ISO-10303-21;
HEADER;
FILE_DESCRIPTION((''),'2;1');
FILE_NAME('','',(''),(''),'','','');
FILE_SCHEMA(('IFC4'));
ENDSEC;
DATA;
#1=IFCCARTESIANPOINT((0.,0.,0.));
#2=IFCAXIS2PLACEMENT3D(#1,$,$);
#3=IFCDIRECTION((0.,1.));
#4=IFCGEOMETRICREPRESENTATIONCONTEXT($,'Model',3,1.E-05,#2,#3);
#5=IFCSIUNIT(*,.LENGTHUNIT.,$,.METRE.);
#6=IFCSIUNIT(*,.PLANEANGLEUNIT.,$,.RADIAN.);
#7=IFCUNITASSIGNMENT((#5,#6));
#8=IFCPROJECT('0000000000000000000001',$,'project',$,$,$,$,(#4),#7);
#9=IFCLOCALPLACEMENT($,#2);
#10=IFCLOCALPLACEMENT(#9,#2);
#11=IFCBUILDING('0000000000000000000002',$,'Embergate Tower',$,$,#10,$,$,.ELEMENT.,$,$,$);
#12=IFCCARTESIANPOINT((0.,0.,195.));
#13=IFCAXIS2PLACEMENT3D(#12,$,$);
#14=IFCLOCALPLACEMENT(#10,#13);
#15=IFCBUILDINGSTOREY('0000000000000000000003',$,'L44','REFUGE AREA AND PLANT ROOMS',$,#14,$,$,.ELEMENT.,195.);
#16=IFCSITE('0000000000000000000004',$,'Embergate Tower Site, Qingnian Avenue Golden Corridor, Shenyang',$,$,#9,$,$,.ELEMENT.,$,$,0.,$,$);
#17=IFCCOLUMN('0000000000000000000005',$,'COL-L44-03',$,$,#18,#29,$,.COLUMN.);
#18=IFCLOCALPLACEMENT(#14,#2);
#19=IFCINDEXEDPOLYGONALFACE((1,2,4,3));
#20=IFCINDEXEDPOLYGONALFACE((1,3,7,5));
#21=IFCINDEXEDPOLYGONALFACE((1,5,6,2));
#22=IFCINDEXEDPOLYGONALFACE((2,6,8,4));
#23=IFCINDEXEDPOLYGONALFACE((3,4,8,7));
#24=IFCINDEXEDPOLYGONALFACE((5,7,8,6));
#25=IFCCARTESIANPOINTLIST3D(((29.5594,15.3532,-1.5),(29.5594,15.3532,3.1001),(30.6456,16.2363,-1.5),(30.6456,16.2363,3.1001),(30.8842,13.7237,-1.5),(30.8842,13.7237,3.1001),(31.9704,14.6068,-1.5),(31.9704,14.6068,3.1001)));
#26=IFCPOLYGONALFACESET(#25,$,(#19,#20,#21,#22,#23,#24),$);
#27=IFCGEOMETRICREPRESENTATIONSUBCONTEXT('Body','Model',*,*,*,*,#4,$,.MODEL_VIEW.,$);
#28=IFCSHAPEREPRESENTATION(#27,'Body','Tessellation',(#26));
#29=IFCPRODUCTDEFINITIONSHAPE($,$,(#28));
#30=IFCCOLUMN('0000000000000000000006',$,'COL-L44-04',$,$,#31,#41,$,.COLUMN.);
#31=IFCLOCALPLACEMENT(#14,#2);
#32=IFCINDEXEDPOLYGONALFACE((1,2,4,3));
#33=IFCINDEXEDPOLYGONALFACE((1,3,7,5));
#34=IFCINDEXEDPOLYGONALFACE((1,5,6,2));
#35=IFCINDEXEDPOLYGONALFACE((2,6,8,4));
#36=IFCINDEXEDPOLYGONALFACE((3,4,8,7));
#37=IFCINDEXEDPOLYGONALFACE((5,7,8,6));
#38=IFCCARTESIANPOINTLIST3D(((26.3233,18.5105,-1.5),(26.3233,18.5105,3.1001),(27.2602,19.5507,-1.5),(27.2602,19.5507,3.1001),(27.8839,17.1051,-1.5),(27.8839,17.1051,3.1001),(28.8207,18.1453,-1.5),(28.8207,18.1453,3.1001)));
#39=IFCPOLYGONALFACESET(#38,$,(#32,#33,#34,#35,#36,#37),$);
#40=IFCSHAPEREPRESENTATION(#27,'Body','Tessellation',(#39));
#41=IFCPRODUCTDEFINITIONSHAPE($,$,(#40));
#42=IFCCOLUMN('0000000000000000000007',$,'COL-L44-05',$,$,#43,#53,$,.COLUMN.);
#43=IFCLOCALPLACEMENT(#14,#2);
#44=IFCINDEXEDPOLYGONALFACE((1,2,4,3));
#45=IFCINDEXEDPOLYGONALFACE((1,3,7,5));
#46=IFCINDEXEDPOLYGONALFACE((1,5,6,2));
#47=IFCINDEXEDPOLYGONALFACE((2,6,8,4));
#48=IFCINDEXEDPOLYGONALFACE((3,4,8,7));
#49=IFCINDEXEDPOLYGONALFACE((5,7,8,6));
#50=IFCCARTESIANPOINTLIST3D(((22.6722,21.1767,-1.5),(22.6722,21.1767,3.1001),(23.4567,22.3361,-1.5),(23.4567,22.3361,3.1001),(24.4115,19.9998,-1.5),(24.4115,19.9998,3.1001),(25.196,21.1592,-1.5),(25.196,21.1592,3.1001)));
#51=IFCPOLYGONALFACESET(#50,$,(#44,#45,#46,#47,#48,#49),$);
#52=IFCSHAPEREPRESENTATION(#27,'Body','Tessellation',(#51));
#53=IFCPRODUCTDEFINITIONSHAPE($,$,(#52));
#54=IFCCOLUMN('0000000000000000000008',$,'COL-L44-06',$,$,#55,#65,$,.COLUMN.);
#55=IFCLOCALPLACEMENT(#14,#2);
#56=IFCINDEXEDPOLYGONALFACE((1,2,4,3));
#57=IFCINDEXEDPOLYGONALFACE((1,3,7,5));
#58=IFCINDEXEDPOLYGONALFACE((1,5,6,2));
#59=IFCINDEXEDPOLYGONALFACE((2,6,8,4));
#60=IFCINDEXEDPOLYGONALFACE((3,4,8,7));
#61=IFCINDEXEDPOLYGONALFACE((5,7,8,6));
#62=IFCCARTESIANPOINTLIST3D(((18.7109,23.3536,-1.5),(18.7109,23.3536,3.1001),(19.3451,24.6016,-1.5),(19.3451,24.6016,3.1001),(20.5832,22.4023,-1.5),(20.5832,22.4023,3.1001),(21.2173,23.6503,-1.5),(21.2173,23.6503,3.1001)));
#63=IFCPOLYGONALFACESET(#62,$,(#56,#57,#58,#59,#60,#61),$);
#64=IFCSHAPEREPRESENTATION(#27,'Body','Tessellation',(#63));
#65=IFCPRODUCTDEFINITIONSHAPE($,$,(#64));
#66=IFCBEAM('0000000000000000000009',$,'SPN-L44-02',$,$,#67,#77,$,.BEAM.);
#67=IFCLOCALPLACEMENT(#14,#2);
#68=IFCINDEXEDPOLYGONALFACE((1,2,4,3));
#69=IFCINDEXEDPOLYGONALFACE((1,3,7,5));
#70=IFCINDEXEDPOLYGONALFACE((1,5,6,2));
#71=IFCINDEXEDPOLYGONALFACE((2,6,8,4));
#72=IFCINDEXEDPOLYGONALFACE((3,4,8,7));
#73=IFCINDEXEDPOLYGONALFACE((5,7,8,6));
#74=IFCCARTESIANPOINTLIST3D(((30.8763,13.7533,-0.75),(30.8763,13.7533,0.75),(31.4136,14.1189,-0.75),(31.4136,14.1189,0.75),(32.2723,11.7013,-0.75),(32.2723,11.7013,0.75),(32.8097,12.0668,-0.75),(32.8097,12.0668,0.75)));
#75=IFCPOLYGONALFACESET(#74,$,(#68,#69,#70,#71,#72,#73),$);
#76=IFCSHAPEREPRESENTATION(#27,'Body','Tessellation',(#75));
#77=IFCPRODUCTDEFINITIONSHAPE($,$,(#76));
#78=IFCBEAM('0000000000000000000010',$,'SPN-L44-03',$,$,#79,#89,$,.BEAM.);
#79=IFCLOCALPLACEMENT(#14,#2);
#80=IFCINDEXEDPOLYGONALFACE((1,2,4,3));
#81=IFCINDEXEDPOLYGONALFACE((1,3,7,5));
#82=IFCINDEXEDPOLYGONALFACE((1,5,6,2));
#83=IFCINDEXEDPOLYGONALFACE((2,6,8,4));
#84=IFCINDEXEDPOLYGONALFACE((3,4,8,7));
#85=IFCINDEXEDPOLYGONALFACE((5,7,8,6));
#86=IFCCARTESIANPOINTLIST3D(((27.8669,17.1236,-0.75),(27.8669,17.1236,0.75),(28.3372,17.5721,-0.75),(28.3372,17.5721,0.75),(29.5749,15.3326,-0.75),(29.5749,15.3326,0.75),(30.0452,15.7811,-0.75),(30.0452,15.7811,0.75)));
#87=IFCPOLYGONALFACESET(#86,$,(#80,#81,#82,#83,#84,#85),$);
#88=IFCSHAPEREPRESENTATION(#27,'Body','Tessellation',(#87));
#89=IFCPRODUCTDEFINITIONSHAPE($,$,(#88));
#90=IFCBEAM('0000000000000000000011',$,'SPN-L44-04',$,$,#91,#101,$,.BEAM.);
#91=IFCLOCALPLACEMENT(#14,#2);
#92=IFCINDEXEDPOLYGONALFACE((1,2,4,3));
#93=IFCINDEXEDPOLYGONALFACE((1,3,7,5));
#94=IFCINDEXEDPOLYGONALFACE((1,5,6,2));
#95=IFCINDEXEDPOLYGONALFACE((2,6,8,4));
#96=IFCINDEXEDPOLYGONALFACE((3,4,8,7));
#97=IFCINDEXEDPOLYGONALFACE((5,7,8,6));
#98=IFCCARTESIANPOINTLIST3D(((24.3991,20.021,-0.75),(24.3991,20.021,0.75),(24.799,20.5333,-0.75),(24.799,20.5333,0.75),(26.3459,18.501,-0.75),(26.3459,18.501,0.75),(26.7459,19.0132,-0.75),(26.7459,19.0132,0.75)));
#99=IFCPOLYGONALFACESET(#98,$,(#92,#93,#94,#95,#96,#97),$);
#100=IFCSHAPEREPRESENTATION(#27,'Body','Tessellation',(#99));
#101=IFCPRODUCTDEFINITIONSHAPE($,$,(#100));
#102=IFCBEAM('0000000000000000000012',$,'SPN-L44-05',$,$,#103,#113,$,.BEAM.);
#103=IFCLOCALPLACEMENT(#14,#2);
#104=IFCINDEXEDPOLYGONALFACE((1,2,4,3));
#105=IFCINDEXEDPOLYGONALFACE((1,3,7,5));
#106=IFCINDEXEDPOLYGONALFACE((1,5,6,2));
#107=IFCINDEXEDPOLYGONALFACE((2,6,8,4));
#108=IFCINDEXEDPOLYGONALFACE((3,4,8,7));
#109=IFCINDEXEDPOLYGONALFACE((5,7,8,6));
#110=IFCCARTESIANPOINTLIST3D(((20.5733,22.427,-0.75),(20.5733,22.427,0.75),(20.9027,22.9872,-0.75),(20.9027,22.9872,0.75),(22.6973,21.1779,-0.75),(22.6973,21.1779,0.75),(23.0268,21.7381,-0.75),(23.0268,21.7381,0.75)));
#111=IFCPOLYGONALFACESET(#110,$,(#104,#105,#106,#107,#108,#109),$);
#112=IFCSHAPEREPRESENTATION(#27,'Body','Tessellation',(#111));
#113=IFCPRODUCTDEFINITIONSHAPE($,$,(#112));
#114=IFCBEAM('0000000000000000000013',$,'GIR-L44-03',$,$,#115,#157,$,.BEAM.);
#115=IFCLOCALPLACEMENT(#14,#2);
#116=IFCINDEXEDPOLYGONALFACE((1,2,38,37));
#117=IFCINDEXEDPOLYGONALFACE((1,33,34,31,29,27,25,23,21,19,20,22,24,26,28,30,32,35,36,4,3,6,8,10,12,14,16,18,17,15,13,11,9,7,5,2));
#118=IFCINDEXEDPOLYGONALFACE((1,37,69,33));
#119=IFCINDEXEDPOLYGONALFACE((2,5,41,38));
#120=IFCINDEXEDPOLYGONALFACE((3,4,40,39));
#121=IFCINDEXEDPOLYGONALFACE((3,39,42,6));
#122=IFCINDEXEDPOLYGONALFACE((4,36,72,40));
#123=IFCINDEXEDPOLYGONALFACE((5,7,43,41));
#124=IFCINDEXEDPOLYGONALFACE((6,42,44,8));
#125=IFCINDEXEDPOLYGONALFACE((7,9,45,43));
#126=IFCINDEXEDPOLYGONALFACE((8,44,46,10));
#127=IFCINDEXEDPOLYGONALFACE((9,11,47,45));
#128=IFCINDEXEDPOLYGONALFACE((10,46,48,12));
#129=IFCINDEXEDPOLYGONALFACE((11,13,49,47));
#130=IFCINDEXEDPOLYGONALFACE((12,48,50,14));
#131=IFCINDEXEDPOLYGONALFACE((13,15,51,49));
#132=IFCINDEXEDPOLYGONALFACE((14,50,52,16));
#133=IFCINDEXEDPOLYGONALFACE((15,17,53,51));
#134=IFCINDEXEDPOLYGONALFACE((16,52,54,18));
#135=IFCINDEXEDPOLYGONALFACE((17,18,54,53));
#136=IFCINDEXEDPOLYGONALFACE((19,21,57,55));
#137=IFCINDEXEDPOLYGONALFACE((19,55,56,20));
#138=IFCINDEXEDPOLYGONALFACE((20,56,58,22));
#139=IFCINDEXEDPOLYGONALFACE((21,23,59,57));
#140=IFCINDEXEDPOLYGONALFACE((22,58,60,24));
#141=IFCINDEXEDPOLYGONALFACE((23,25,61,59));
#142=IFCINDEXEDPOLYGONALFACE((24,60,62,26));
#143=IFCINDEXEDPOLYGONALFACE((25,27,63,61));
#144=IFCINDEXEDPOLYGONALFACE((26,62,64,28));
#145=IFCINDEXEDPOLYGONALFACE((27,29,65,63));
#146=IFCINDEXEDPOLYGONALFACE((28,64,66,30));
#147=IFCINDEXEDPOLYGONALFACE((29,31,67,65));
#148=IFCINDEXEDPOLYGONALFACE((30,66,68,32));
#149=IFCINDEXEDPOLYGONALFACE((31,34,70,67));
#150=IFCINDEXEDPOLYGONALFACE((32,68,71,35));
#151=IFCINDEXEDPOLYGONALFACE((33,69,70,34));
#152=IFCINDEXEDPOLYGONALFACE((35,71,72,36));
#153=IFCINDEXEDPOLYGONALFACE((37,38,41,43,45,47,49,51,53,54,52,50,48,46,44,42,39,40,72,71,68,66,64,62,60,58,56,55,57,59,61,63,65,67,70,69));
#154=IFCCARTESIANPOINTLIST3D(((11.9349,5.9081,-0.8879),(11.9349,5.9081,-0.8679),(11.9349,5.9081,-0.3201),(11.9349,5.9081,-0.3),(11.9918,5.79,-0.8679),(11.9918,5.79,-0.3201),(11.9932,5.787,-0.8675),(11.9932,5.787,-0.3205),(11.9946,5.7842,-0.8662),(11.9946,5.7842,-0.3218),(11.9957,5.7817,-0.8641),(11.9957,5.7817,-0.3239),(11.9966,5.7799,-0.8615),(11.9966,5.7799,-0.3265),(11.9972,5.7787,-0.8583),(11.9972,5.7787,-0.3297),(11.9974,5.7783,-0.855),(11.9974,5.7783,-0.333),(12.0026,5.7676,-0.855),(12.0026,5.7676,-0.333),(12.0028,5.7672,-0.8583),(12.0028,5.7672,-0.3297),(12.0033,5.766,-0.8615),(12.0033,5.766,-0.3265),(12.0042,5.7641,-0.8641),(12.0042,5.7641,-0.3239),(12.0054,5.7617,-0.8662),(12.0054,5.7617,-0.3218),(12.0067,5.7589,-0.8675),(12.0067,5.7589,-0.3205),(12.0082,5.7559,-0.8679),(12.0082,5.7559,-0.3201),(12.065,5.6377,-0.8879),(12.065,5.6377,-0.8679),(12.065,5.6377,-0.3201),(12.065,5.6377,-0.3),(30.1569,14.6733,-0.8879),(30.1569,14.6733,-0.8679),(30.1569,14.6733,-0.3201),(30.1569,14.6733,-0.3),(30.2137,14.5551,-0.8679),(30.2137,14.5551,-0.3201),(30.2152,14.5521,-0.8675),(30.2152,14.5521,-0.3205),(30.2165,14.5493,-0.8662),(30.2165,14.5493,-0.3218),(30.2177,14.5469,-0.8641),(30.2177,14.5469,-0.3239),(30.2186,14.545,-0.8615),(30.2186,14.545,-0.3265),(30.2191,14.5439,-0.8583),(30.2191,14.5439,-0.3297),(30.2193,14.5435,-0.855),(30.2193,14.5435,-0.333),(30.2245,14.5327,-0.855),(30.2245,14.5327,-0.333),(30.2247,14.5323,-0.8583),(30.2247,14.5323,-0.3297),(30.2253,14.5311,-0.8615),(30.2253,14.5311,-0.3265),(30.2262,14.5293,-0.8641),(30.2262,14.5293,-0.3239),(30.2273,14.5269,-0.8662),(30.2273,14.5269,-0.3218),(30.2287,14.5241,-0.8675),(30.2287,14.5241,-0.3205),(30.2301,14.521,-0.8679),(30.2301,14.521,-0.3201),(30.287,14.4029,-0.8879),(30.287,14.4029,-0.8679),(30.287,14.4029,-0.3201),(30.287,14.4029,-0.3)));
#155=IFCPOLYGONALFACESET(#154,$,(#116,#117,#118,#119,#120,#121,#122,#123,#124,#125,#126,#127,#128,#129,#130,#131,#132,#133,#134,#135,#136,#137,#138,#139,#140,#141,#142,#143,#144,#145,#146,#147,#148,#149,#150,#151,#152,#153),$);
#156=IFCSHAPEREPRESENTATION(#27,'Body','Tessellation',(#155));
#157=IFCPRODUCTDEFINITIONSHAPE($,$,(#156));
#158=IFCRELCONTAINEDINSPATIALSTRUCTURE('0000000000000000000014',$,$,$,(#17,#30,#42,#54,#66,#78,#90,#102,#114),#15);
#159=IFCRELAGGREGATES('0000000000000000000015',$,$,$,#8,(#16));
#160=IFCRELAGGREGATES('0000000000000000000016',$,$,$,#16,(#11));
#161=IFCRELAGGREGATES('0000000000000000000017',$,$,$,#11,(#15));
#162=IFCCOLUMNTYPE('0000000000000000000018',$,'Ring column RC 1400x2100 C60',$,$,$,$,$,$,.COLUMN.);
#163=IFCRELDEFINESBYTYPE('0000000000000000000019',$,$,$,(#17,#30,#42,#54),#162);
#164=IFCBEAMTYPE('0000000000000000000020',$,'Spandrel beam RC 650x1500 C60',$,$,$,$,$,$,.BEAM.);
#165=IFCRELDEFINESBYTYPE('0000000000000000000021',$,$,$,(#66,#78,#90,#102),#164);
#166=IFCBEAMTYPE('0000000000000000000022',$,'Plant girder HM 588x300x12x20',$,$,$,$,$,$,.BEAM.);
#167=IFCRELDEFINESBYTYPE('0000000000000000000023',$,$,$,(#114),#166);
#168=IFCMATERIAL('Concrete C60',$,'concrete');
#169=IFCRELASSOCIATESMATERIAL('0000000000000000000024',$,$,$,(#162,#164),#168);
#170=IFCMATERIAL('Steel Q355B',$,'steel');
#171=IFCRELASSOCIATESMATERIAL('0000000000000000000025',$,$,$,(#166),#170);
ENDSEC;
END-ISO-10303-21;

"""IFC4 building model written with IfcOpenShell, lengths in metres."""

from ifc_helpers import new_model, si_unit, direction, frame, origin, origin_2d, place, context, subcontext, project, spatial, rectangle, i_section, extrude, source, transform, mapped, material, material_profile, profile_set, type_object, element, save


model = new_model("IFC4")

# Units and contexts
model_context = context("Model", 3, precision=1e-05, world=origin(), true_north=direction((0.0, 1.0)))
body_context = subcontext(model_context, "Body", "Model", "MODEL_VIEW")
ifc_project = project(units=[si_unit("LENGTHUNIT", "METRE"), si_unit("PLANEANGLEUNIT", "RADIAN")], contexts=[model_context])

# Site, building, storey
site_placement = place(None, origin())
site = spatial("IfcSite", under=ifc_project, at=site_placement, Name="Embergate Tower Site, Qingnian Avenue Golden Corridor, Shenyang", CompositionType="ELEMENT", RefElevation=0.0)
building_placement = place(site_placement, origin())
building = spatial("IfcBuilding", under=site, at=building_placement, Name="Embergate Tower", CompositionType="ELEMENT")
storey_placement = place(building_placement, frame((0.0, 0.0, 195.0)))
storey = spatial("IfcBuildingStorey", under=building, at=storey_placement, Name="L44", Description="REFUGE AREA AND PLANT ROOMS", CompositionType="ELEMENT", Elevation=195.0)

# Columns
ifc_material_1 = material(Name="Concrete C60", Category="concrete")
ifc_material_profile_1 = material_profile(ifc_material_1, rectangle(XDim=1.3999, YDim=2.1001, at=origin_2d()), Name="RC 1400x2100")
ifc_profile_set_1 = profile_set([ifc_material_profile_1], Name="Concrete C60")
column_type = type_object("IfcColumnType", Name="Ring column RC 1400x2100 C60", PredefinedType="COLUMN", material=ifc_profile_set_1)
shared_shape_1 = source(origin(), body_context, "Body", "SweptSolid", [
    extrude(rectangle(XDim=1.3999, YDim=2.1001, at=origin_2d()), origin(), (0.0, 0.0, 1.0), 4.6001),
])
for number, where, z_axis, x_axis, name in (
    (1, (30.7649, 14.98, -1.5), (0.0, 0.0, 1.0), (0.775914, 0.630838, 0.0), "COL-L44-03"),
    (2, (27.572, 18.3279, -1.5), (0.0, 0.0, 1.0), (0.669208, 0.743075, 0.0), "COL-L44-04"),
    (3, (23.9341, 21.168, -1.5), (0.0, 0.0, 1.0), (0.560393, 0.828227, 0.0), "COL-L44-05"),
    (4, (19.9641, 23.502, -1.5), (0.0, 0.0, 1.0), (0.452995, 0.891513, 0.0), "COL-L44-06"),
):
    element("IfcColumn", number, at=place(storey_placement, frame(where, z_axis=z_axis, x_axis=x_axis)), inside=storey, type_object=column_type, Name=name, PredefinedType="COLUMN", context=body_context, shape_type="MappedRepresentation", body=[
        mapped(shared_shape_1, transform((0.0, 0.0, 0.0))),
    ])

# Beams
ifc_material_profile_2 = material_profile(ifc_material_1, rectangle(XDim=0.6499, YDim=1.5, at=origin_2d()), Name="RC 650x1500")
ifc_profile_set_2 = profile_set([ifc_material_profile_2], Name="Concrete C60")
beam_type_1 = type_object("IfcBeamType", Name="Spandrel beam RC 650x1500 C60", PredefinedType="BEAM", material=ifc_profile_set_2)
shared_shape_2 = source(origin(), body_context, "Body", "SweptSolid", [
    extrude(rectangle(XDim=0.6499, YDim=1.5, at=origin_2d()), origin(), (0.0, 0.0, 1.0), 2.4819),
])
beam_1_placement = place(storey_placement, frame((32.541, 11.884, 0.0), z_axis=(-0.562485, 0.826808, 0.0), x_axis=(-0.826808, -0.562485, 0.0)))
element("IfcBeam", 5, at=beam_1_placement, inside=storey, type_object=beam_type_1, Name="SPN-L44-02", PredefinedType="BEAM", context=body_context, shape_type="MappedRepresentation", body=[
    mapped(shared_shape_2, transform((0.0, 0.0, 0.0))),
])
shared_shape_3 = source(origin(), body_context, "Body", "SweptSolid", [
    extrude(rectangle(XDim=0.6499, YDim=1.5, at=origin_2d()), origin(), (0.0, 0.0, 1.0), 2.4749),
])
beam_2_placement = place(storey_placement, frame((29.8101, 15.5569, 0.0), z_axis=(-0.690138, 0.723678, 0.0), x_axis=(-0.723678, -0.690138, 0.0)))
element("IfcBeam", 6, at=beam_2_placement, inside=storey, type_object=beam_type_1, Name="SPN-L44-03", PredefinedType="BEAM", context=body_context, shape_type="MappedRepresentation", body=[
    mapped(shared_shape_3, transform((0.0, 0.0, 0.0))),
])
shared_shape_4 = source(origin(), body_context, "Body", "SweptSolid", [
    extrude(rectangle(XDim=0.6499, YDim=1.5, at=origin_2d()), origin(), (0.0, 0.0, 1.0), 2.47),
])
beam_3_placement = place(storey_placement, frame((26.5459, 18.7571, 0.0), z_axis=(-0.788201, 0.615418, 0.0), x_axis=(-0.615418, -0.788201, 0.0)))
element("IfcBeam", 7, at=beam_3_placement, inside=storey, type_object=beam_type_1, Name="SPN-L44-04", PredefinedType="BEAM", context=body_context, shape_type="MappedRepresentation", body=[
    mapped(shared_shape_4, transform((0.0, 0.0, 0.0))),
])
shared_shape_5 = source(origin(), body_context, "Body", "SweptSolid", [
    extrude(rectangle(XDim=0.6499, YDim=1.5, at=origin_2d()), origin(), (0.0, 0.0, 1.0), 2.4641),
])
beam_4_placement = place(storey_placement, frame((22.8621, 21.458, 0.0), z_axis=(-0.862006, 0.506899, 0.0), x_axis=(-0.506899, -0.862006, 0.0)))
element("IfcBeam", 8, at=beam_4_placement, inside=storey, type_object=beam_type_1, Name="SPN-L44-05", PredefinedType="BEAM", context=body_context, shape_type="MappedRepresentation", body=[
    mapped(shared_shape_5, transform((0.0, 0.0, 0.0))),
])
ifc_material_2 = material(Name="Steel Q355B", Category="steel")
ifc_material_profile_3 = material_profile(ifc_material_2, i_section(OverallWidth=0.3, OverallDepth=0.5879, WebThickness=0.012, FlangeThickness=0.02, FilletRadius=0.0129, at=origin_2d()), Name="HM 588x300x12x20")
ifc_profile_set_3 = profile_set([ifc_material_profile_3], Name="Steel Q355 grade B")
beam_type_2 = type_object("IfcBeamType", Name="Plant girder HM 588x300x12x20", PredefinedType="BEAM", material=ifc_profile_set_3)
shared_shape_6 = source(origin(), body_context, "Body", "SweptSolid", [
    extrude(i_section(OverallWidth=0.3, OverallDepth=0.5879, WebThickness=0.012, FlangeThickness=0.02, FilletRadius=0.0129, at=origin_2d()), origin(), (0.0, 0.0, 1.0), 20.2205),
])
beam_5_placement = place(storey_placement, frame((30.2219, 14.5381, -0.594), z_axis=(-0.901164, -0.433479, 0.0), x_axis=(0.433479, -0.901164, 0.0)))
element("IfcBeam", 9, at=beam_5_placement, inside=storey, type_object=beam_type_2, Name="GIR-L44-03", PredefinedType="BEAM", context=body_context, shape_type="MappedRepresentation", body=[
    mapped(shared_shape_6, transform((0.0, 0.0, 0.0))),
])

save(model, "model.ifc")
